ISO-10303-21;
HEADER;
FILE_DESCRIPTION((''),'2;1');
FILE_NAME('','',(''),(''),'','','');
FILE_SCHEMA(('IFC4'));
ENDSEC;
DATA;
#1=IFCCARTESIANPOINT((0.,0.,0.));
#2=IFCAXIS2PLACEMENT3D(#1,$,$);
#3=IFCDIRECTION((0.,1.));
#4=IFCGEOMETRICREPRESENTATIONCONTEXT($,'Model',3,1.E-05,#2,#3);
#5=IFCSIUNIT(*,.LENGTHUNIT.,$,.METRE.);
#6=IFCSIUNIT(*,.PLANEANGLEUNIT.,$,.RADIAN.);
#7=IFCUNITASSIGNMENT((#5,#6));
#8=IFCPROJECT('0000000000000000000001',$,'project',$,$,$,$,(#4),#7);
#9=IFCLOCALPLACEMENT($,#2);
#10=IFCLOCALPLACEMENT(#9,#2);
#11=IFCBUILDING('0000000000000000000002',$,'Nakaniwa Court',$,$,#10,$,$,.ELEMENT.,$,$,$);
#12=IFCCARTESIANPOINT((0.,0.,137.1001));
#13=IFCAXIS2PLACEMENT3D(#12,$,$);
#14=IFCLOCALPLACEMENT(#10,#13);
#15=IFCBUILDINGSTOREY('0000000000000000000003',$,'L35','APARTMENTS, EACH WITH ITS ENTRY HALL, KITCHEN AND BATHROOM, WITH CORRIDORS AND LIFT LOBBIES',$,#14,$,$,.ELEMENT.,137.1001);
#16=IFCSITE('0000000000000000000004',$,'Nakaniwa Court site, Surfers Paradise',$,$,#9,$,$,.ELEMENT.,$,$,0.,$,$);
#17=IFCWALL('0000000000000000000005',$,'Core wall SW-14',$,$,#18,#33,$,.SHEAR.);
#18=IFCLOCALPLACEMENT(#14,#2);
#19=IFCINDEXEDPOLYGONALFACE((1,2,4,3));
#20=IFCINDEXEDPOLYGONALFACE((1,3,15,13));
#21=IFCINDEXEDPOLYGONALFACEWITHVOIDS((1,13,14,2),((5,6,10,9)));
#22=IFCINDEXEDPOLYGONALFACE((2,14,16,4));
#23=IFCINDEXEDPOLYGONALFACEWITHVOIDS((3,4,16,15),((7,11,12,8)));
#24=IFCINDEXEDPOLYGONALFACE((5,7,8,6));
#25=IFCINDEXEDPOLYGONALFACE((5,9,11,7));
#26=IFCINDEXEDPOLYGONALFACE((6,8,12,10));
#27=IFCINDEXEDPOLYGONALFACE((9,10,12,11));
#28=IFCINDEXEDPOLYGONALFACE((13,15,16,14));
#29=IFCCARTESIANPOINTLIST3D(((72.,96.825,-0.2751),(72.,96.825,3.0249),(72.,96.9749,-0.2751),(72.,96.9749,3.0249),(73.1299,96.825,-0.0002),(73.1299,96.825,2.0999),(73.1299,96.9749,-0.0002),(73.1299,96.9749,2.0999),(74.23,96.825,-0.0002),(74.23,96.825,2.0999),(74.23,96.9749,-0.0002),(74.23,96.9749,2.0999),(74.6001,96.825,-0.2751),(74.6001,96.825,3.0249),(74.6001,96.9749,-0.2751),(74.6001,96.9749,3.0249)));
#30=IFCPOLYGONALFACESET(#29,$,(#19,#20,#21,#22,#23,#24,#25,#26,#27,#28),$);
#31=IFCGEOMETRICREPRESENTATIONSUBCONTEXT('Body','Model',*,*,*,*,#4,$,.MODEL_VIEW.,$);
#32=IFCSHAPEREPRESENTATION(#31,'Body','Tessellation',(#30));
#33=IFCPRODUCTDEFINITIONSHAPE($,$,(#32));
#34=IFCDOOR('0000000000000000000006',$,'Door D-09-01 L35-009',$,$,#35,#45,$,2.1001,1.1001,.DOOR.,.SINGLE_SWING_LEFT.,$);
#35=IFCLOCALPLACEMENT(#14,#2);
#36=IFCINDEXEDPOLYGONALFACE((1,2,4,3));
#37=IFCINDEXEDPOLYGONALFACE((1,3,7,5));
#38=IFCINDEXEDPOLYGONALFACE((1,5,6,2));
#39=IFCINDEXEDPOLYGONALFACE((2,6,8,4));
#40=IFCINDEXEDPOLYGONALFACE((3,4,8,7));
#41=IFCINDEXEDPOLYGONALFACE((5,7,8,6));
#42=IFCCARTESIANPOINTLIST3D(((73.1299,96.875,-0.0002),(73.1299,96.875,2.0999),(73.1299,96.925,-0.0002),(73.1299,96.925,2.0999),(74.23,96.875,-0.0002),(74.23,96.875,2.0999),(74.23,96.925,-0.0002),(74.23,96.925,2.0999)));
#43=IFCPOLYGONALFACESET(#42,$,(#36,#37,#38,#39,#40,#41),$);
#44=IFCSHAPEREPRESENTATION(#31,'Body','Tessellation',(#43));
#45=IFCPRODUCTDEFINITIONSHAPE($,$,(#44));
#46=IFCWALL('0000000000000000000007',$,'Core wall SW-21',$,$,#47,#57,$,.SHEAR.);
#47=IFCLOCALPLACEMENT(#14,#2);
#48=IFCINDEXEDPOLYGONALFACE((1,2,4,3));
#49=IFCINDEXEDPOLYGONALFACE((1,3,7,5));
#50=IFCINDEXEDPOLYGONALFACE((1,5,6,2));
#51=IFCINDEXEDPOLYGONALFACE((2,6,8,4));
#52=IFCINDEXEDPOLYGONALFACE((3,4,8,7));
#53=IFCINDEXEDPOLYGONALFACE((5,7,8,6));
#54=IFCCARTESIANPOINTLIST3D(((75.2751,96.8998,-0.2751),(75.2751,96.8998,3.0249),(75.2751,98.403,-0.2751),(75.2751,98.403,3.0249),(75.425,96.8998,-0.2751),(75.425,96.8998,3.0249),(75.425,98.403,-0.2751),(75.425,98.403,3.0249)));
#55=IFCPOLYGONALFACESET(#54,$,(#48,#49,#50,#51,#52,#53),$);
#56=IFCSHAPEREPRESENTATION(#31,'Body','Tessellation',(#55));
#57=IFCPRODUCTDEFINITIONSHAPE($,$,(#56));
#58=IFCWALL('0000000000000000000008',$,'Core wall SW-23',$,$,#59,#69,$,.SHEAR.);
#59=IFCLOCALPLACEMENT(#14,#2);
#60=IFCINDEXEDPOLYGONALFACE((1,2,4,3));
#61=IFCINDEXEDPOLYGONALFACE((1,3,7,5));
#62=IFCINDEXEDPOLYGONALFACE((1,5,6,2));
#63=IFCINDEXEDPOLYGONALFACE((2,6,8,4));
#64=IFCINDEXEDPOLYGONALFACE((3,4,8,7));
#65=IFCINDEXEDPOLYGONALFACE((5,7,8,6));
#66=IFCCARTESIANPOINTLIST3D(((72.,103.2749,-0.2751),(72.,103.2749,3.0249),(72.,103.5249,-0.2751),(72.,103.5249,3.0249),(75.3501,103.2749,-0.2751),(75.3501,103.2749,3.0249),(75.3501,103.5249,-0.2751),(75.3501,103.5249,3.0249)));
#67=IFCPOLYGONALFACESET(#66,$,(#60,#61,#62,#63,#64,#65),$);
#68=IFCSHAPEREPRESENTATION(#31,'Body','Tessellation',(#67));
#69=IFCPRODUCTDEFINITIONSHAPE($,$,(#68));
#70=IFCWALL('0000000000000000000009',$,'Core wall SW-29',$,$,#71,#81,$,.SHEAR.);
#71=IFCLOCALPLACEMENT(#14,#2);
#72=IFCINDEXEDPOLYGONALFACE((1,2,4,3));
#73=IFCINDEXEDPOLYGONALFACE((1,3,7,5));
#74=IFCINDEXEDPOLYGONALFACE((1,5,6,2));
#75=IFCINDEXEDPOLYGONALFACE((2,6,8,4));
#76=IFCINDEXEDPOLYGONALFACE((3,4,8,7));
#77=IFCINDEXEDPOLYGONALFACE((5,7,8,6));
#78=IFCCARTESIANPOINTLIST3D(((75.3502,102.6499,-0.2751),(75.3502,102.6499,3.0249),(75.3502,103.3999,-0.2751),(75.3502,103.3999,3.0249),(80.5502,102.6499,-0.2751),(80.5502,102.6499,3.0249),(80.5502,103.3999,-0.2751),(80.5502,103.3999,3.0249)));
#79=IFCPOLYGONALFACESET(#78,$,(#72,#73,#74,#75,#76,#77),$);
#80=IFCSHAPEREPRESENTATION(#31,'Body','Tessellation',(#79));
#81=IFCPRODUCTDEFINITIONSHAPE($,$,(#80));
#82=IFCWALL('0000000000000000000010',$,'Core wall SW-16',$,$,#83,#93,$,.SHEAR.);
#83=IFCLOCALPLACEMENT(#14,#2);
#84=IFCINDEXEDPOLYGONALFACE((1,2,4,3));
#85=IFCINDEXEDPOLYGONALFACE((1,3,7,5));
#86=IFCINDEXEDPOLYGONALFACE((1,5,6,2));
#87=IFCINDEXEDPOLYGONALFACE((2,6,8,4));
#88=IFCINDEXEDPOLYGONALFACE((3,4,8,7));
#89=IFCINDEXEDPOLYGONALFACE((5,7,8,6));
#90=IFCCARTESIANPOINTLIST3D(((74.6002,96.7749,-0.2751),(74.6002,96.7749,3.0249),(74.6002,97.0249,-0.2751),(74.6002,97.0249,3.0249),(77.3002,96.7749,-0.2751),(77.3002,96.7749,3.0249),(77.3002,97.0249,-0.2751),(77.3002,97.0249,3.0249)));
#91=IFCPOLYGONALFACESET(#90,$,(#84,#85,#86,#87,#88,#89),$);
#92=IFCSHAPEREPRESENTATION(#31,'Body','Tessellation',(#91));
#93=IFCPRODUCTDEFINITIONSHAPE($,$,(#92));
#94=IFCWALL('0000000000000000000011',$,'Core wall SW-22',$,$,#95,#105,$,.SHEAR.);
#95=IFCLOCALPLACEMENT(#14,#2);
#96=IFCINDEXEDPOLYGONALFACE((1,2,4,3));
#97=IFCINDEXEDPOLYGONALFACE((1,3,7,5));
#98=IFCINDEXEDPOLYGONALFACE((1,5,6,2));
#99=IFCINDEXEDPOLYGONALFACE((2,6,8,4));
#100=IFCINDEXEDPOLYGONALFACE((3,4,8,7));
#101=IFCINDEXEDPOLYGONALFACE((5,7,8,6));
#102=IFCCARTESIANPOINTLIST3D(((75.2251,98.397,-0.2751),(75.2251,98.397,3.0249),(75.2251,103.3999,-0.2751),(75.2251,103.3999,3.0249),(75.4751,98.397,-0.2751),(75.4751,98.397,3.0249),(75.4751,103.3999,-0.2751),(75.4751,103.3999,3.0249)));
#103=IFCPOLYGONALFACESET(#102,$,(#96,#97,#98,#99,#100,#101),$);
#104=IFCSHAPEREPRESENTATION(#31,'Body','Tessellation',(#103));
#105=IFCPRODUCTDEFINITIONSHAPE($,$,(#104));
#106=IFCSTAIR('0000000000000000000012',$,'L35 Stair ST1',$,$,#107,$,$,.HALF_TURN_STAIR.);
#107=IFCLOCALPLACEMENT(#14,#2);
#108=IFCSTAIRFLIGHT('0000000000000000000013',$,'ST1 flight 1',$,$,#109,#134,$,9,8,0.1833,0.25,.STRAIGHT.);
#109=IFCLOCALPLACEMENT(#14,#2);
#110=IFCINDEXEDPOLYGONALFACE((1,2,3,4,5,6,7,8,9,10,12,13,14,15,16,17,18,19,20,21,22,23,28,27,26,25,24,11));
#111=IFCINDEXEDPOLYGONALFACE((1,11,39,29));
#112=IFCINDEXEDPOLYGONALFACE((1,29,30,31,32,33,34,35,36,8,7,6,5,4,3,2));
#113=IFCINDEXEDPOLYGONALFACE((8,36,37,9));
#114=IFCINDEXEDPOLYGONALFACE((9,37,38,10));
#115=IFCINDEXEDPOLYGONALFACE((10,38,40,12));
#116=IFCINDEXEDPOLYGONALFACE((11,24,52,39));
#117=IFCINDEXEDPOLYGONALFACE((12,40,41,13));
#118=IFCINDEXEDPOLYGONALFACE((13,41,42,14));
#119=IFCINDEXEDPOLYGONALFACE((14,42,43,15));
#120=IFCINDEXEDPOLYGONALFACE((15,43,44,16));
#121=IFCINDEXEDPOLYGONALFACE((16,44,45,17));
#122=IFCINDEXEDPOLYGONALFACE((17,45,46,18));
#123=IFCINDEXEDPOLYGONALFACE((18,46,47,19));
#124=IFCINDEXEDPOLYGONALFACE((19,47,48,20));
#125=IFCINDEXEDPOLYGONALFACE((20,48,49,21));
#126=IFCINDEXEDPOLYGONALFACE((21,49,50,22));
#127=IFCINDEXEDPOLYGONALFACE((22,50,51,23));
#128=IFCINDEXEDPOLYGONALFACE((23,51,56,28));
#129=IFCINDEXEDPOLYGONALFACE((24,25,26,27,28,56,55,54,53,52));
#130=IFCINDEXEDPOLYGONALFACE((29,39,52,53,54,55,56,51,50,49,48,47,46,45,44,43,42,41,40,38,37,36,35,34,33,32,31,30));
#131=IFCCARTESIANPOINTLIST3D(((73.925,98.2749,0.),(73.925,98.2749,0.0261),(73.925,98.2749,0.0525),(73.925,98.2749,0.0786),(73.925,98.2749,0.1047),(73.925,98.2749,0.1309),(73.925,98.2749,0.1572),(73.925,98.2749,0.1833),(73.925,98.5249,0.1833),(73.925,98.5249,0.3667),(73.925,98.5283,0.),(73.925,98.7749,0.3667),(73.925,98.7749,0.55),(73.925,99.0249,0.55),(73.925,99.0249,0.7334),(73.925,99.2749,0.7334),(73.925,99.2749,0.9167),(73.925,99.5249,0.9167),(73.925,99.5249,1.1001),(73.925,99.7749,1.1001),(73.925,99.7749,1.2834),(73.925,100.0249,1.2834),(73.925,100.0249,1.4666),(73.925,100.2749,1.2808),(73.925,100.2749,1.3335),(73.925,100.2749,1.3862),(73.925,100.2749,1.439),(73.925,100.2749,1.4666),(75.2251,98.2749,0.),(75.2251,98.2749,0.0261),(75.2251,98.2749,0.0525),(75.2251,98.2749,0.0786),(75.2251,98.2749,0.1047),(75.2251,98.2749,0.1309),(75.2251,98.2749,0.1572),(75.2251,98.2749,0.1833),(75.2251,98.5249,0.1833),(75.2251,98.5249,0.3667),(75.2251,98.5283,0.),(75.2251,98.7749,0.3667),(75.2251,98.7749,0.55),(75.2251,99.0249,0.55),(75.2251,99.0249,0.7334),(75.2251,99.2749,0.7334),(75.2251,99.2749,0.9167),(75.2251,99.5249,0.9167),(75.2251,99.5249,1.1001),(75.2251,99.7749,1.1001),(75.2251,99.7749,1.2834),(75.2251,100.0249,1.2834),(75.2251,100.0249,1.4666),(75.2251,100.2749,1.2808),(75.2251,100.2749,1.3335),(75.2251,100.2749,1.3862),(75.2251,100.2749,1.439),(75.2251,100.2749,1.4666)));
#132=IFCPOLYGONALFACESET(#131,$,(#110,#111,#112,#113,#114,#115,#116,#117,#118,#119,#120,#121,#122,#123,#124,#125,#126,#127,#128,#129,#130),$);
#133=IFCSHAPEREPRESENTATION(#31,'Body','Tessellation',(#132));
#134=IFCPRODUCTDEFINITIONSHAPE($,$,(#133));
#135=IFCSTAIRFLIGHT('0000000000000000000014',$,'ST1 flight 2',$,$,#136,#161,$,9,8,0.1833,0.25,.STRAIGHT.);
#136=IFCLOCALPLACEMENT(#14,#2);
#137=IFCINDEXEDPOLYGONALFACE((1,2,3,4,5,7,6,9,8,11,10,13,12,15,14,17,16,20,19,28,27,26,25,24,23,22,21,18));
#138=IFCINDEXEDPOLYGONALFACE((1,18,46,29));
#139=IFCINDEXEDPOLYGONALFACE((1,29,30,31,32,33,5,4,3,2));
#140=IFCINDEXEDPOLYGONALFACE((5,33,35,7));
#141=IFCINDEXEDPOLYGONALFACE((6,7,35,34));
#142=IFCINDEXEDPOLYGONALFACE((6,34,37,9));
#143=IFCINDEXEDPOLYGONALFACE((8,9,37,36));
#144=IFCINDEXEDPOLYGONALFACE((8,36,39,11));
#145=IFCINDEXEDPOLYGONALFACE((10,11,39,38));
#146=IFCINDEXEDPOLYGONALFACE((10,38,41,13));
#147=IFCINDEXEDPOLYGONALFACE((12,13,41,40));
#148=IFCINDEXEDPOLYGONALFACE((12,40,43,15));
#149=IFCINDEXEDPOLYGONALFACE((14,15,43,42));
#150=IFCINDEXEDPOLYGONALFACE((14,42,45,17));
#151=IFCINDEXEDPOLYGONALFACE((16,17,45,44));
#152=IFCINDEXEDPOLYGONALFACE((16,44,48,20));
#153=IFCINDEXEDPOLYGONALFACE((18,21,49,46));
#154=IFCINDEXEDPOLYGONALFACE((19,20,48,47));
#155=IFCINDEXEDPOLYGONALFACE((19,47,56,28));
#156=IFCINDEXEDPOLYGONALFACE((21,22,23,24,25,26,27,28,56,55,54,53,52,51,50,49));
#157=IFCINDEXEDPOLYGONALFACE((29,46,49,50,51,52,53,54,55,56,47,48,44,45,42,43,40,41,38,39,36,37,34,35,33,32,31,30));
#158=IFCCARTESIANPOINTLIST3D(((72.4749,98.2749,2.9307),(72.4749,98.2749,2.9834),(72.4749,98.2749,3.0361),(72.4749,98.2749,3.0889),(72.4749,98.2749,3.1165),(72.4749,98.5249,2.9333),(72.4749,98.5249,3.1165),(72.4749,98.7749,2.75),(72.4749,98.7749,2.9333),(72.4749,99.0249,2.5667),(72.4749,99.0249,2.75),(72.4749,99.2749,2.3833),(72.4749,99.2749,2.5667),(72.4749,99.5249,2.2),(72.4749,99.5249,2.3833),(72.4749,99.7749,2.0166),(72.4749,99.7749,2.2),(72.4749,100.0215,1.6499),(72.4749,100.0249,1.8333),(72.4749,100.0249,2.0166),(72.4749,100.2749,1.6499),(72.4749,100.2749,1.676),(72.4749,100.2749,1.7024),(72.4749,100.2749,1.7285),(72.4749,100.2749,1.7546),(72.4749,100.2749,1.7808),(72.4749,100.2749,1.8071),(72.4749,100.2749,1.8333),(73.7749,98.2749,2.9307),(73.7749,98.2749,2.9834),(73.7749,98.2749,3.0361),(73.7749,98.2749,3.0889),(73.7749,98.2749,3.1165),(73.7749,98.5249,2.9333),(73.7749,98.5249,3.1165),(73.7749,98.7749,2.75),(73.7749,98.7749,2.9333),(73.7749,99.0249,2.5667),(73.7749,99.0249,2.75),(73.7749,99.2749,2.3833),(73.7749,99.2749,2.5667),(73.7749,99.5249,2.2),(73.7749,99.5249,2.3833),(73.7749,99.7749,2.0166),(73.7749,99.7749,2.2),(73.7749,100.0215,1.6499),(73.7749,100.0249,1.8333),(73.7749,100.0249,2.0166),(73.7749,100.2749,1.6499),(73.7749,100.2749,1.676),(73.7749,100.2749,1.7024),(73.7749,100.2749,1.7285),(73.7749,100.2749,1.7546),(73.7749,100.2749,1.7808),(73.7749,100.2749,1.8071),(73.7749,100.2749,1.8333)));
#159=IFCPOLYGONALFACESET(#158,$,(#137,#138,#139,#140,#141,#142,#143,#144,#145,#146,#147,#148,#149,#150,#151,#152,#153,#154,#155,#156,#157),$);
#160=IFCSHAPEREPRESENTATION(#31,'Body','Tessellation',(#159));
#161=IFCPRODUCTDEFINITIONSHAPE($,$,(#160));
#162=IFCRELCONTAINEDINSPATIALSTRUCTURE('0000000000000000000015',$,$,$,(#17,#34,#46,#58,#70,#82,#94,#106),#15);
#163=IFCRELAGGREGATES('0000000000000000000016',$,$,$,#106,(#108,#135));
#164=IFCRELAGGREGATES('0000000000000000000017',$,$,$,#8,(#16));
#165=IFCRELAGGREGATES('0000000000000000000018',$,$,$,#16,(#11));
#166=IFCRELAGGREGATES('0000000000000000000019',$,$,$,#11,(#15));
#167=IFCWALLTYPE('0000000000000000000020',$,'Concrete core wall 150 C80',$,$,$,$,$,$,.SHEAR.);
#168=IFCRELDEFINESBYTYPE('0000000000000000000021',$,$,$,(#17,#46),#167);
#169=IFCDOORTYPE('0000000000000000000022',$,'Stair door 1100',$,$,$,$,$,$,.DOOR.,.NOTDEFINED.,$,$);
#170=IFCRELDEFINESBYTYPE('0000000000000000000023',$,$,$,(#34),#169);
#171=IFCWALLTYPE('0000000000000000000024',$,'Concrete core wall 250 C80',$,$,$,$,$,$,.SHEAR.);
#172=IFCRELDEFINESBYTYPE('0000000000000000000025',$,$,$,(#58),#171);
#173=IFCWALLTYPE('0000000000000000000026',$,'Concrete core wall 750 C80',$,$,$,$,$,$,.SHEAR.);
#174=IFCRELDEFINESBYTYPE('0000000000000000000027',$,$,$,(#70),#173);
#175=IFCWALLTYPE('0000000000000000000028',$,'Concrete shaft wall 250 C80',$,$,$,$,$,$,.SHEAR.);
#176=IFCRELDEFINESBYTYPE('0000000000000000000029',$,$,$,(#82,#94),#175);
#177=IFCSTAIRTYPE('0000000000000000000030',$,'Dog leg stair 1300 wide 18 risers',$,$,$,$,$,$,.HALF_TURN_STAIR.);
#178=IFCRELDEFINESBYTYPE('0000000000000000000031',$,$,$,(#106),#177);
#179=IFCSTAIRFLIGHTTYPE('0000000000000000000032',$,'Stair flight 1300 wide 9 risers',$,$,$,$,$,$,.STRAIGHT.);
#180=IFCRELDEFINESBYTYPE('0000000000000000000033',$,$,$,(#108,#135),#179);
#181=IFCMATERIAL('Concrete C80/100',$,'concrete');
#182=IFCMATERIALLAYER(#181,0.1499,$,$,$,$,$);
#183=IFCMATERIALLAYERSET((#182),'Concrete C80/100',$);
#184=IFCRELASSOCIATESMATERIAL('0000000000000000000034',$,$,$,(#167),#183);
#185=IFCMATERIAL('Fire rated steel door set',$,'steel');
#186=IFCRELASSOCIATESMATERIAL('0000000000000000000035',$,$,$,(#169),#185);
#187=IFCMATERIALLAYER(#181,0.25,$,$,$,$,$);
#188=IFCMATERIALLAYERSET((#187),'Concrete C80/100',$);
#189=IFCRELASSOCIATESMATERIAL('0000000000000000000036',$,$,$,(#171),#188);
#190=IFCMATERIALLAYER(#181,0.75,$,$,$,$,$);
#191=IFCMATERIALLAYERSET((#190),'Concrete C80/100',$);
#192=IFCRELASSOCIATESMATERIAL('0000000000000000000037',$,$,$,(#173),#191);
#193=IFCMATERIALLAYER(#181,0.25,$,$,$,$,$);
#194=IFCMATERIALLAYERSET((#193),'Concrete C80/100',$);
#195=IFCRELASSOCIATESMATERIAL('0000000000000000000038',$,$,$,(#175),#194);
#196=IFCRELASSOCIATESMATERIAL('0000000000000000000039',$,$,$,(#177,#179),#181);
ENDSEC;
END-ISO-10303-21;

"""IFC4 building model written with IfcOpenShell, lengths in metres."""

from ifc_helpers import new_model, si_unit, direction, frame, frame_2d, origin, place, context, subcontext, project, spatial, polyline, rectangle, outline, extrude, material, layer, layer_set, type_object, element, fill, aggregate, save


model = new_model("IFC4")

# Units and contexts
model_context = context("Model", 3, precision=1e-05, world=origin(), true_north=direction((0.0, 1.0)))
body_context = subcontext(model_context, "Body", "Model", "MODEL_VIEW")
ifc_project = project(units=[si_unit("LENGTHUNIT", "METRE"), si_unit("PLANEANGLEUNIT", "RADIAN")], contexts=[model_context])

# Site, building, storey
site_placement = place(None, origin())
site = spatial("IfcSite", under=ifc_project, at=site_placement, Name="Nakaniwa Court site, Surfers Paradise", CompositionType="ELEMENT", RefElevation=0.0)
building_placement = place(site_placement, origin())
building = spatial("IfcBuilding", under=site, at=building_placement, Name="Nakaniwa Court", CompositionType="ELEMENT")
storey_placement = place(building_placement, frame((0.0, 0.0, 137.1001)))
storey = spatial("IfcBuildingStorey", under=building, at=storey_placement, Name="L35", Description="APARTMENTS, EACH WITH ITS ENTRY HALL, KITCHEN AND BATHROOM, WITH CORRIDORS AND LIFT LOBBIES", CompositionType="ELEMENT", Elevation=137.1001)

# Shared definitions
ifc_material_1 = material(Name="Concrete C80/100", Category="concrete")

# Shared definitions
ifc_material_2 = material(Name="Fire rated steel door set", Category="steel")

# Wall, opening, door
ifc_layer_1 = layer(ifc_material_1, 0.1499)
ifc_layer_set_1 = layer_set([ifc_layer_1], Name="Concrete C80/100")
wall_type_1 = type_object("IfcWallType", Name="Concrete core wall 150 C80", PredefinedType="SHEAR", material=ifc_layer_set_1)
wall_1_placement = place(storey_placement, frame((74.6001, 96.8999, -0.2751), z_axis=(0.0, 0.0, 1.0), x_axis=(-1.0, 0.0, 0.0)))
wall_1 = element("IfcWall", 1, at=wall_1_placement, inside=storey, type_object=wall_type_1, Name="Core wall SW-14", PredefinedType="SHEAR", context=body_context, shape_type="SweptSolid", body=[
    extrude(rectangle(XDim=2.6001, YDim=0.1499, at=frame_2d((1.3, 0.0))), origin(), (0.0, 0.0, 1.0), 3.3),
])
opening_1_placement = place(wall_1_placement, frame((0.3701, 0.0, 0.2749)))
opening_1 = element("IfcOpeningElement", 2, at=opening_1_placement, cuts=wall_1, PredefinedType="OPENING", context=body_context, shape_type="SweptSolid", body=[
    extrude(rectangle(XDim=1.1001, YDim=2.1001, at=frame_2d((0.55, 1.05))), frame((0.0, 0.085, 0.0), z_axis=(0.0, -1.0, 0.0), x_axis=(1.0, 0.0, 0.0)), (0.0, 0.0, 1.0), 0.1699),
])
door_type_1 = type_object("IfcDoorType", Name="Stair door 1100", OperationType="NOTDEFINED", PredefinedType="DOOR", material=ifc_material_2)
door_1_placement = place(opening_1_placement, origin())
door_1 = element("IfcDoor", 3, at=door_1_placement, inside=storey, type_object=door_type_1, Name="Door D-09-01 L35-009", OperationType="SINGLE_SWING_LEFT", OverallHeight=2.1001, OverallWidth=1.1001, PredefinedType="DOOR", context=body_context, shape_type="SweptSolid", body=[
    extrude(rectangle(XDim=1.1001, YDim=2.1001, at=frame_2d((0.55, 1.05))), frame((0.0, 0.0249, 0.0), z_axis=(0.0, -1.0, 0.0), x_axis=(1.0, 0.0, 0.0)), (0.0, 0.0, 1.0), 0.05),
])
fill(opening_1, door_1)

# Walls
wall_2_placement = place(storey_placement, frame((75.3501, 96.8999, -0.2751), z_axis=(0.0, 0.0, 1.0), x_axis=(0.0, 1.0, 0.0)))
element("IfcWall", 4, at=wall_2_placement, inside=storey, type_object=wall_type_1, Name="Core wall SW-21", PredefinedType="SHEAR", context=body_context, shape_type="SweptSolid", body=[
    extrude(rectangle(XDim=1.5032, YDim=0.1499, at=frame_2d((0.7515, 0.0))), origin(), (0.0, 0.0, 1.0), 3.3),
])
ifc_layer_2 = layer(ifc_material_1, 0.25)
ifc_layer_set_2 = layer_set([ifc_layer_2], Name="Concrete C80/100")
wall_type_2 = type_object("IfcWallType", Name="Concrete core wall 250 C80", PredefinedType="SHEAR", material=ifc_layer_set_2)
wall_3_placement = place(storey_placement, frame((72.0, 103.3999, -0.2751), z_axis=(0.0, 0.0, 1.0), x_axis=(1.0, 0.0, 0.0)))
element("IfcWall", 5, at=wall_3_placement, inside=storey, type_object=wall_type_2, Name="Core wall SW-23", PredefinedType="SHEAR", context=body_context, shape_type="SweptSolid", body=[
    extrude(rectangle(XDim=3.3501, YDim=0.25, at=frame_2d((1.675, 0.0))), origin(), (0.0, 0.0, 1.0), 3.3),
])
ifc_layer_3 = layer(ifc_material_1, 0.75)
ifc_layer_set_3 = layer_set([ifc_layer_3], Name="Concrete C80/100")
wall_type_3 = type_object("IfcWallType", Name="Concrete core wall 750 C80", PredefinedType="SHEAR", material=ifc_layer_set_3)
wall_4_placement = place(storey_placement, frame((75.3501, 103.0249, -0.2751), z_axis=(0.0, 0.0, 1.0), x_axis=(1.0, 0.0, 0.0)))
element("IfcWall", 6, at=wall_4_placement, inside=storey, type_object=wall_type_3, Name="Core wall SW-29", PredefinedType="SHEAR", context=body_context, shape_type="SweptSolid", body=[
    extrude(rectangle(XDim=5.2, YDim=0.75, at=frame_2d((2.6001, 0.0))), origin(), (0.0, 0.0, 1.0), 3.3),
])
ifc_layer_4 = layer(ifc_material_1, 0.25)
ifc_layer_set_4 = layer_set([ifc_layer_4], Name="Concrete C80/100")
wall_type_4 = type_object("IfcWallType", Name="Concrete shaft wall 250 C80", PredefinedType="SHEAR", material=ifc_layer_set_4)
wall_5_placement = place(storey_placement, frame((74.6001, 96.8999, -0.2751), z_axis=(0.0, 0.0, 1.0), x_axis=(1.0, 0.0, 0.0)))
element("IfcWall", 7, at=wall_5_placement, inside=storey, type_object=wall_type_4, Name="Core wall SW-16", PredefinedType="SHEAR", context=body_context, shape_type="SweptSolid", body=[
    extrude(rectangle(XDim=2.7, YDim=0.25, at=frame_2d((1.3501, 0.0))), origin(), (0.0, 0.0, 1.0), 3.3),
])
wall_6_placement = place(storey_placement, frame((75.3501, 98.397, -0.2751), z_axis=(0.0, 0.0, 1.0), x_axis=(0.0, 1.0, 0.0)))
element("IfcWall", 8, at=wall_6_placement, inside=storey, type_object=wall_type_4, Name="Core wall SW-22", PredefinedType="SHEAR", context=body_context, shape_type="SweptSolid", body=[
    extrude(rectangle(XDim=5.0029, YDim=0.25, at=frame_2d((2.5015, 0.0))), origin(), (0.0, 0.0, 1.0), 3.3),
])

# Stair, stair flights
stair_type = type_object("IfcStairType", Name="Dog leg stair 1300 wide 18 risers", PredefinedType="HALF_TURN_STAIR", material=ifc_material_1)
stair_placement = place(storey_placement, origin())
stair = element("IfcStair", 9, at=stair_placement, inside=storey, type_object=stair_type, Name="L35 Stair ST1", PredefinedType="HALF_TURN_STAIR")
stair_flight_type = type_object("IfcStairFlightType", Name="Stair flight 1300 wide 9 risers", PredefinedType="STRAIGHT", material=ifc_material_1)
stair_flight_1_placement = place(storey_placement, frame((74.575, 98.2749, 0.0), z_axis=(0.0, 0.0, 1.0), x_axis=(0.0, 1.0, 0.0)))
stair_flight_1 = element("IfcStairFlight", 10, at=stair_flight_1_placement, type_object=stair_flight_type, Name="ST1 flight 1", NumberOfRisers=9, NumberOfTreads=8, PredefinedType="STRAIGHT", RiserHeight=0.1833, TreadLength=0.25, context=body_context, shape_type="SweptSolid", body=[
    extrude(outline(polyline([(0.0, 0.0), (0.0, 0.0261), (0.0, 0.0525), (0.0, 0.0786), (0.0, 0.1047), (0.0, 0.1309), (0.0, 0.1572), (0.0, 0.1833), (0.25, 0.1833), (0.25, 0.3667), (0.5, 0.3667), (0.5, 0.55), (0.75, 0.55), (0.75, 0.7334), (1.0, 0.7334), (1.0, 0.9167), (1.25, 0.9167), (1.25, 1.1001), (1.5, 1.1001), (1.5, 1.2834), (1.75, 1.2834), (1.75, 1.4666), (2.0, 1.4666), (2.0, 1.6499), (2.0, 1.5972), (2.0, 1.5444), (2.0, 1.4917), (2.0, 1.439), (2.0, 1.3862), (2.0, 1.3335), (2.0, 1.2808), (0.2534, 0.0), (0.0, 0.0)])), frame((0.0, 0.6499, 0.0), z_axis=(0.0, -1.0, 0.0), x_axis=(1.0, 0.0, 0.0)), (0.0, 0.0, 1.0), 1.3),
])
stair_flight_2_placement = place(storey_placement, frame((73.125, 100.2749, 1.6499), z_axis=(0.0, 0.0, 1.0), x_axis=(0.0, -1.0, 0.0)))
stair_flight_2 = element("IfcStairFlight", 11, at=stair_flight_2_placement, type_object=stair_flight_type, Name="ST1 flight 2", NumberOfRisers=9, NumberOfTreads=8, PredefinedType="STRAIGHT", RiserHeight=0.1833, TreadLength=0.25, context=body_context, shape_type="SweptSolid", body=[
    extrude(outline(polyline([(0.0, 0.0), (0.0, 0.0261), (0.0, 0.0525), (0.0, 0.0786), (0.0, 0.1047), (0.0, 0.1309), (0.0, 0.1572), (0.0, 0.1833), (0.25, 0.1833), (0.25, 0.3667), (0.5, 0.3667), (0.5, 0.55), (0.75, 0.55), (0.75, 0.7334), (1.0, 0.7334), (1.0, 0.9167), (1.25, 0.9167), (1.25, 1.1001), (1.5, 1.1001), (1.5, 1.2834), (1.75, 1.2834), (1.75, 1.4666), (2.0, 1.4666), (2.0, 1.6499), (2.0, 1.5972), (2.0, 1.5444), (2.0, 1.4917), (2.0, 1.439), (2.0, 1.3862), (2.0, 1.3335), (2.0, 1.2808), (0.2534, 0.0), (0.0, 0.0)])), frame((0.0, 0.6499, 0.0), z_axis=(0.0, -1.0, 0.0), x_axis=(1.0, 0.0, 0.0)), (0.0, 0.0, 1.0), 1.3),
])
aggregate(stair, [stair_flight_1, stair_flight_2])

save(model, "model.ifc")
